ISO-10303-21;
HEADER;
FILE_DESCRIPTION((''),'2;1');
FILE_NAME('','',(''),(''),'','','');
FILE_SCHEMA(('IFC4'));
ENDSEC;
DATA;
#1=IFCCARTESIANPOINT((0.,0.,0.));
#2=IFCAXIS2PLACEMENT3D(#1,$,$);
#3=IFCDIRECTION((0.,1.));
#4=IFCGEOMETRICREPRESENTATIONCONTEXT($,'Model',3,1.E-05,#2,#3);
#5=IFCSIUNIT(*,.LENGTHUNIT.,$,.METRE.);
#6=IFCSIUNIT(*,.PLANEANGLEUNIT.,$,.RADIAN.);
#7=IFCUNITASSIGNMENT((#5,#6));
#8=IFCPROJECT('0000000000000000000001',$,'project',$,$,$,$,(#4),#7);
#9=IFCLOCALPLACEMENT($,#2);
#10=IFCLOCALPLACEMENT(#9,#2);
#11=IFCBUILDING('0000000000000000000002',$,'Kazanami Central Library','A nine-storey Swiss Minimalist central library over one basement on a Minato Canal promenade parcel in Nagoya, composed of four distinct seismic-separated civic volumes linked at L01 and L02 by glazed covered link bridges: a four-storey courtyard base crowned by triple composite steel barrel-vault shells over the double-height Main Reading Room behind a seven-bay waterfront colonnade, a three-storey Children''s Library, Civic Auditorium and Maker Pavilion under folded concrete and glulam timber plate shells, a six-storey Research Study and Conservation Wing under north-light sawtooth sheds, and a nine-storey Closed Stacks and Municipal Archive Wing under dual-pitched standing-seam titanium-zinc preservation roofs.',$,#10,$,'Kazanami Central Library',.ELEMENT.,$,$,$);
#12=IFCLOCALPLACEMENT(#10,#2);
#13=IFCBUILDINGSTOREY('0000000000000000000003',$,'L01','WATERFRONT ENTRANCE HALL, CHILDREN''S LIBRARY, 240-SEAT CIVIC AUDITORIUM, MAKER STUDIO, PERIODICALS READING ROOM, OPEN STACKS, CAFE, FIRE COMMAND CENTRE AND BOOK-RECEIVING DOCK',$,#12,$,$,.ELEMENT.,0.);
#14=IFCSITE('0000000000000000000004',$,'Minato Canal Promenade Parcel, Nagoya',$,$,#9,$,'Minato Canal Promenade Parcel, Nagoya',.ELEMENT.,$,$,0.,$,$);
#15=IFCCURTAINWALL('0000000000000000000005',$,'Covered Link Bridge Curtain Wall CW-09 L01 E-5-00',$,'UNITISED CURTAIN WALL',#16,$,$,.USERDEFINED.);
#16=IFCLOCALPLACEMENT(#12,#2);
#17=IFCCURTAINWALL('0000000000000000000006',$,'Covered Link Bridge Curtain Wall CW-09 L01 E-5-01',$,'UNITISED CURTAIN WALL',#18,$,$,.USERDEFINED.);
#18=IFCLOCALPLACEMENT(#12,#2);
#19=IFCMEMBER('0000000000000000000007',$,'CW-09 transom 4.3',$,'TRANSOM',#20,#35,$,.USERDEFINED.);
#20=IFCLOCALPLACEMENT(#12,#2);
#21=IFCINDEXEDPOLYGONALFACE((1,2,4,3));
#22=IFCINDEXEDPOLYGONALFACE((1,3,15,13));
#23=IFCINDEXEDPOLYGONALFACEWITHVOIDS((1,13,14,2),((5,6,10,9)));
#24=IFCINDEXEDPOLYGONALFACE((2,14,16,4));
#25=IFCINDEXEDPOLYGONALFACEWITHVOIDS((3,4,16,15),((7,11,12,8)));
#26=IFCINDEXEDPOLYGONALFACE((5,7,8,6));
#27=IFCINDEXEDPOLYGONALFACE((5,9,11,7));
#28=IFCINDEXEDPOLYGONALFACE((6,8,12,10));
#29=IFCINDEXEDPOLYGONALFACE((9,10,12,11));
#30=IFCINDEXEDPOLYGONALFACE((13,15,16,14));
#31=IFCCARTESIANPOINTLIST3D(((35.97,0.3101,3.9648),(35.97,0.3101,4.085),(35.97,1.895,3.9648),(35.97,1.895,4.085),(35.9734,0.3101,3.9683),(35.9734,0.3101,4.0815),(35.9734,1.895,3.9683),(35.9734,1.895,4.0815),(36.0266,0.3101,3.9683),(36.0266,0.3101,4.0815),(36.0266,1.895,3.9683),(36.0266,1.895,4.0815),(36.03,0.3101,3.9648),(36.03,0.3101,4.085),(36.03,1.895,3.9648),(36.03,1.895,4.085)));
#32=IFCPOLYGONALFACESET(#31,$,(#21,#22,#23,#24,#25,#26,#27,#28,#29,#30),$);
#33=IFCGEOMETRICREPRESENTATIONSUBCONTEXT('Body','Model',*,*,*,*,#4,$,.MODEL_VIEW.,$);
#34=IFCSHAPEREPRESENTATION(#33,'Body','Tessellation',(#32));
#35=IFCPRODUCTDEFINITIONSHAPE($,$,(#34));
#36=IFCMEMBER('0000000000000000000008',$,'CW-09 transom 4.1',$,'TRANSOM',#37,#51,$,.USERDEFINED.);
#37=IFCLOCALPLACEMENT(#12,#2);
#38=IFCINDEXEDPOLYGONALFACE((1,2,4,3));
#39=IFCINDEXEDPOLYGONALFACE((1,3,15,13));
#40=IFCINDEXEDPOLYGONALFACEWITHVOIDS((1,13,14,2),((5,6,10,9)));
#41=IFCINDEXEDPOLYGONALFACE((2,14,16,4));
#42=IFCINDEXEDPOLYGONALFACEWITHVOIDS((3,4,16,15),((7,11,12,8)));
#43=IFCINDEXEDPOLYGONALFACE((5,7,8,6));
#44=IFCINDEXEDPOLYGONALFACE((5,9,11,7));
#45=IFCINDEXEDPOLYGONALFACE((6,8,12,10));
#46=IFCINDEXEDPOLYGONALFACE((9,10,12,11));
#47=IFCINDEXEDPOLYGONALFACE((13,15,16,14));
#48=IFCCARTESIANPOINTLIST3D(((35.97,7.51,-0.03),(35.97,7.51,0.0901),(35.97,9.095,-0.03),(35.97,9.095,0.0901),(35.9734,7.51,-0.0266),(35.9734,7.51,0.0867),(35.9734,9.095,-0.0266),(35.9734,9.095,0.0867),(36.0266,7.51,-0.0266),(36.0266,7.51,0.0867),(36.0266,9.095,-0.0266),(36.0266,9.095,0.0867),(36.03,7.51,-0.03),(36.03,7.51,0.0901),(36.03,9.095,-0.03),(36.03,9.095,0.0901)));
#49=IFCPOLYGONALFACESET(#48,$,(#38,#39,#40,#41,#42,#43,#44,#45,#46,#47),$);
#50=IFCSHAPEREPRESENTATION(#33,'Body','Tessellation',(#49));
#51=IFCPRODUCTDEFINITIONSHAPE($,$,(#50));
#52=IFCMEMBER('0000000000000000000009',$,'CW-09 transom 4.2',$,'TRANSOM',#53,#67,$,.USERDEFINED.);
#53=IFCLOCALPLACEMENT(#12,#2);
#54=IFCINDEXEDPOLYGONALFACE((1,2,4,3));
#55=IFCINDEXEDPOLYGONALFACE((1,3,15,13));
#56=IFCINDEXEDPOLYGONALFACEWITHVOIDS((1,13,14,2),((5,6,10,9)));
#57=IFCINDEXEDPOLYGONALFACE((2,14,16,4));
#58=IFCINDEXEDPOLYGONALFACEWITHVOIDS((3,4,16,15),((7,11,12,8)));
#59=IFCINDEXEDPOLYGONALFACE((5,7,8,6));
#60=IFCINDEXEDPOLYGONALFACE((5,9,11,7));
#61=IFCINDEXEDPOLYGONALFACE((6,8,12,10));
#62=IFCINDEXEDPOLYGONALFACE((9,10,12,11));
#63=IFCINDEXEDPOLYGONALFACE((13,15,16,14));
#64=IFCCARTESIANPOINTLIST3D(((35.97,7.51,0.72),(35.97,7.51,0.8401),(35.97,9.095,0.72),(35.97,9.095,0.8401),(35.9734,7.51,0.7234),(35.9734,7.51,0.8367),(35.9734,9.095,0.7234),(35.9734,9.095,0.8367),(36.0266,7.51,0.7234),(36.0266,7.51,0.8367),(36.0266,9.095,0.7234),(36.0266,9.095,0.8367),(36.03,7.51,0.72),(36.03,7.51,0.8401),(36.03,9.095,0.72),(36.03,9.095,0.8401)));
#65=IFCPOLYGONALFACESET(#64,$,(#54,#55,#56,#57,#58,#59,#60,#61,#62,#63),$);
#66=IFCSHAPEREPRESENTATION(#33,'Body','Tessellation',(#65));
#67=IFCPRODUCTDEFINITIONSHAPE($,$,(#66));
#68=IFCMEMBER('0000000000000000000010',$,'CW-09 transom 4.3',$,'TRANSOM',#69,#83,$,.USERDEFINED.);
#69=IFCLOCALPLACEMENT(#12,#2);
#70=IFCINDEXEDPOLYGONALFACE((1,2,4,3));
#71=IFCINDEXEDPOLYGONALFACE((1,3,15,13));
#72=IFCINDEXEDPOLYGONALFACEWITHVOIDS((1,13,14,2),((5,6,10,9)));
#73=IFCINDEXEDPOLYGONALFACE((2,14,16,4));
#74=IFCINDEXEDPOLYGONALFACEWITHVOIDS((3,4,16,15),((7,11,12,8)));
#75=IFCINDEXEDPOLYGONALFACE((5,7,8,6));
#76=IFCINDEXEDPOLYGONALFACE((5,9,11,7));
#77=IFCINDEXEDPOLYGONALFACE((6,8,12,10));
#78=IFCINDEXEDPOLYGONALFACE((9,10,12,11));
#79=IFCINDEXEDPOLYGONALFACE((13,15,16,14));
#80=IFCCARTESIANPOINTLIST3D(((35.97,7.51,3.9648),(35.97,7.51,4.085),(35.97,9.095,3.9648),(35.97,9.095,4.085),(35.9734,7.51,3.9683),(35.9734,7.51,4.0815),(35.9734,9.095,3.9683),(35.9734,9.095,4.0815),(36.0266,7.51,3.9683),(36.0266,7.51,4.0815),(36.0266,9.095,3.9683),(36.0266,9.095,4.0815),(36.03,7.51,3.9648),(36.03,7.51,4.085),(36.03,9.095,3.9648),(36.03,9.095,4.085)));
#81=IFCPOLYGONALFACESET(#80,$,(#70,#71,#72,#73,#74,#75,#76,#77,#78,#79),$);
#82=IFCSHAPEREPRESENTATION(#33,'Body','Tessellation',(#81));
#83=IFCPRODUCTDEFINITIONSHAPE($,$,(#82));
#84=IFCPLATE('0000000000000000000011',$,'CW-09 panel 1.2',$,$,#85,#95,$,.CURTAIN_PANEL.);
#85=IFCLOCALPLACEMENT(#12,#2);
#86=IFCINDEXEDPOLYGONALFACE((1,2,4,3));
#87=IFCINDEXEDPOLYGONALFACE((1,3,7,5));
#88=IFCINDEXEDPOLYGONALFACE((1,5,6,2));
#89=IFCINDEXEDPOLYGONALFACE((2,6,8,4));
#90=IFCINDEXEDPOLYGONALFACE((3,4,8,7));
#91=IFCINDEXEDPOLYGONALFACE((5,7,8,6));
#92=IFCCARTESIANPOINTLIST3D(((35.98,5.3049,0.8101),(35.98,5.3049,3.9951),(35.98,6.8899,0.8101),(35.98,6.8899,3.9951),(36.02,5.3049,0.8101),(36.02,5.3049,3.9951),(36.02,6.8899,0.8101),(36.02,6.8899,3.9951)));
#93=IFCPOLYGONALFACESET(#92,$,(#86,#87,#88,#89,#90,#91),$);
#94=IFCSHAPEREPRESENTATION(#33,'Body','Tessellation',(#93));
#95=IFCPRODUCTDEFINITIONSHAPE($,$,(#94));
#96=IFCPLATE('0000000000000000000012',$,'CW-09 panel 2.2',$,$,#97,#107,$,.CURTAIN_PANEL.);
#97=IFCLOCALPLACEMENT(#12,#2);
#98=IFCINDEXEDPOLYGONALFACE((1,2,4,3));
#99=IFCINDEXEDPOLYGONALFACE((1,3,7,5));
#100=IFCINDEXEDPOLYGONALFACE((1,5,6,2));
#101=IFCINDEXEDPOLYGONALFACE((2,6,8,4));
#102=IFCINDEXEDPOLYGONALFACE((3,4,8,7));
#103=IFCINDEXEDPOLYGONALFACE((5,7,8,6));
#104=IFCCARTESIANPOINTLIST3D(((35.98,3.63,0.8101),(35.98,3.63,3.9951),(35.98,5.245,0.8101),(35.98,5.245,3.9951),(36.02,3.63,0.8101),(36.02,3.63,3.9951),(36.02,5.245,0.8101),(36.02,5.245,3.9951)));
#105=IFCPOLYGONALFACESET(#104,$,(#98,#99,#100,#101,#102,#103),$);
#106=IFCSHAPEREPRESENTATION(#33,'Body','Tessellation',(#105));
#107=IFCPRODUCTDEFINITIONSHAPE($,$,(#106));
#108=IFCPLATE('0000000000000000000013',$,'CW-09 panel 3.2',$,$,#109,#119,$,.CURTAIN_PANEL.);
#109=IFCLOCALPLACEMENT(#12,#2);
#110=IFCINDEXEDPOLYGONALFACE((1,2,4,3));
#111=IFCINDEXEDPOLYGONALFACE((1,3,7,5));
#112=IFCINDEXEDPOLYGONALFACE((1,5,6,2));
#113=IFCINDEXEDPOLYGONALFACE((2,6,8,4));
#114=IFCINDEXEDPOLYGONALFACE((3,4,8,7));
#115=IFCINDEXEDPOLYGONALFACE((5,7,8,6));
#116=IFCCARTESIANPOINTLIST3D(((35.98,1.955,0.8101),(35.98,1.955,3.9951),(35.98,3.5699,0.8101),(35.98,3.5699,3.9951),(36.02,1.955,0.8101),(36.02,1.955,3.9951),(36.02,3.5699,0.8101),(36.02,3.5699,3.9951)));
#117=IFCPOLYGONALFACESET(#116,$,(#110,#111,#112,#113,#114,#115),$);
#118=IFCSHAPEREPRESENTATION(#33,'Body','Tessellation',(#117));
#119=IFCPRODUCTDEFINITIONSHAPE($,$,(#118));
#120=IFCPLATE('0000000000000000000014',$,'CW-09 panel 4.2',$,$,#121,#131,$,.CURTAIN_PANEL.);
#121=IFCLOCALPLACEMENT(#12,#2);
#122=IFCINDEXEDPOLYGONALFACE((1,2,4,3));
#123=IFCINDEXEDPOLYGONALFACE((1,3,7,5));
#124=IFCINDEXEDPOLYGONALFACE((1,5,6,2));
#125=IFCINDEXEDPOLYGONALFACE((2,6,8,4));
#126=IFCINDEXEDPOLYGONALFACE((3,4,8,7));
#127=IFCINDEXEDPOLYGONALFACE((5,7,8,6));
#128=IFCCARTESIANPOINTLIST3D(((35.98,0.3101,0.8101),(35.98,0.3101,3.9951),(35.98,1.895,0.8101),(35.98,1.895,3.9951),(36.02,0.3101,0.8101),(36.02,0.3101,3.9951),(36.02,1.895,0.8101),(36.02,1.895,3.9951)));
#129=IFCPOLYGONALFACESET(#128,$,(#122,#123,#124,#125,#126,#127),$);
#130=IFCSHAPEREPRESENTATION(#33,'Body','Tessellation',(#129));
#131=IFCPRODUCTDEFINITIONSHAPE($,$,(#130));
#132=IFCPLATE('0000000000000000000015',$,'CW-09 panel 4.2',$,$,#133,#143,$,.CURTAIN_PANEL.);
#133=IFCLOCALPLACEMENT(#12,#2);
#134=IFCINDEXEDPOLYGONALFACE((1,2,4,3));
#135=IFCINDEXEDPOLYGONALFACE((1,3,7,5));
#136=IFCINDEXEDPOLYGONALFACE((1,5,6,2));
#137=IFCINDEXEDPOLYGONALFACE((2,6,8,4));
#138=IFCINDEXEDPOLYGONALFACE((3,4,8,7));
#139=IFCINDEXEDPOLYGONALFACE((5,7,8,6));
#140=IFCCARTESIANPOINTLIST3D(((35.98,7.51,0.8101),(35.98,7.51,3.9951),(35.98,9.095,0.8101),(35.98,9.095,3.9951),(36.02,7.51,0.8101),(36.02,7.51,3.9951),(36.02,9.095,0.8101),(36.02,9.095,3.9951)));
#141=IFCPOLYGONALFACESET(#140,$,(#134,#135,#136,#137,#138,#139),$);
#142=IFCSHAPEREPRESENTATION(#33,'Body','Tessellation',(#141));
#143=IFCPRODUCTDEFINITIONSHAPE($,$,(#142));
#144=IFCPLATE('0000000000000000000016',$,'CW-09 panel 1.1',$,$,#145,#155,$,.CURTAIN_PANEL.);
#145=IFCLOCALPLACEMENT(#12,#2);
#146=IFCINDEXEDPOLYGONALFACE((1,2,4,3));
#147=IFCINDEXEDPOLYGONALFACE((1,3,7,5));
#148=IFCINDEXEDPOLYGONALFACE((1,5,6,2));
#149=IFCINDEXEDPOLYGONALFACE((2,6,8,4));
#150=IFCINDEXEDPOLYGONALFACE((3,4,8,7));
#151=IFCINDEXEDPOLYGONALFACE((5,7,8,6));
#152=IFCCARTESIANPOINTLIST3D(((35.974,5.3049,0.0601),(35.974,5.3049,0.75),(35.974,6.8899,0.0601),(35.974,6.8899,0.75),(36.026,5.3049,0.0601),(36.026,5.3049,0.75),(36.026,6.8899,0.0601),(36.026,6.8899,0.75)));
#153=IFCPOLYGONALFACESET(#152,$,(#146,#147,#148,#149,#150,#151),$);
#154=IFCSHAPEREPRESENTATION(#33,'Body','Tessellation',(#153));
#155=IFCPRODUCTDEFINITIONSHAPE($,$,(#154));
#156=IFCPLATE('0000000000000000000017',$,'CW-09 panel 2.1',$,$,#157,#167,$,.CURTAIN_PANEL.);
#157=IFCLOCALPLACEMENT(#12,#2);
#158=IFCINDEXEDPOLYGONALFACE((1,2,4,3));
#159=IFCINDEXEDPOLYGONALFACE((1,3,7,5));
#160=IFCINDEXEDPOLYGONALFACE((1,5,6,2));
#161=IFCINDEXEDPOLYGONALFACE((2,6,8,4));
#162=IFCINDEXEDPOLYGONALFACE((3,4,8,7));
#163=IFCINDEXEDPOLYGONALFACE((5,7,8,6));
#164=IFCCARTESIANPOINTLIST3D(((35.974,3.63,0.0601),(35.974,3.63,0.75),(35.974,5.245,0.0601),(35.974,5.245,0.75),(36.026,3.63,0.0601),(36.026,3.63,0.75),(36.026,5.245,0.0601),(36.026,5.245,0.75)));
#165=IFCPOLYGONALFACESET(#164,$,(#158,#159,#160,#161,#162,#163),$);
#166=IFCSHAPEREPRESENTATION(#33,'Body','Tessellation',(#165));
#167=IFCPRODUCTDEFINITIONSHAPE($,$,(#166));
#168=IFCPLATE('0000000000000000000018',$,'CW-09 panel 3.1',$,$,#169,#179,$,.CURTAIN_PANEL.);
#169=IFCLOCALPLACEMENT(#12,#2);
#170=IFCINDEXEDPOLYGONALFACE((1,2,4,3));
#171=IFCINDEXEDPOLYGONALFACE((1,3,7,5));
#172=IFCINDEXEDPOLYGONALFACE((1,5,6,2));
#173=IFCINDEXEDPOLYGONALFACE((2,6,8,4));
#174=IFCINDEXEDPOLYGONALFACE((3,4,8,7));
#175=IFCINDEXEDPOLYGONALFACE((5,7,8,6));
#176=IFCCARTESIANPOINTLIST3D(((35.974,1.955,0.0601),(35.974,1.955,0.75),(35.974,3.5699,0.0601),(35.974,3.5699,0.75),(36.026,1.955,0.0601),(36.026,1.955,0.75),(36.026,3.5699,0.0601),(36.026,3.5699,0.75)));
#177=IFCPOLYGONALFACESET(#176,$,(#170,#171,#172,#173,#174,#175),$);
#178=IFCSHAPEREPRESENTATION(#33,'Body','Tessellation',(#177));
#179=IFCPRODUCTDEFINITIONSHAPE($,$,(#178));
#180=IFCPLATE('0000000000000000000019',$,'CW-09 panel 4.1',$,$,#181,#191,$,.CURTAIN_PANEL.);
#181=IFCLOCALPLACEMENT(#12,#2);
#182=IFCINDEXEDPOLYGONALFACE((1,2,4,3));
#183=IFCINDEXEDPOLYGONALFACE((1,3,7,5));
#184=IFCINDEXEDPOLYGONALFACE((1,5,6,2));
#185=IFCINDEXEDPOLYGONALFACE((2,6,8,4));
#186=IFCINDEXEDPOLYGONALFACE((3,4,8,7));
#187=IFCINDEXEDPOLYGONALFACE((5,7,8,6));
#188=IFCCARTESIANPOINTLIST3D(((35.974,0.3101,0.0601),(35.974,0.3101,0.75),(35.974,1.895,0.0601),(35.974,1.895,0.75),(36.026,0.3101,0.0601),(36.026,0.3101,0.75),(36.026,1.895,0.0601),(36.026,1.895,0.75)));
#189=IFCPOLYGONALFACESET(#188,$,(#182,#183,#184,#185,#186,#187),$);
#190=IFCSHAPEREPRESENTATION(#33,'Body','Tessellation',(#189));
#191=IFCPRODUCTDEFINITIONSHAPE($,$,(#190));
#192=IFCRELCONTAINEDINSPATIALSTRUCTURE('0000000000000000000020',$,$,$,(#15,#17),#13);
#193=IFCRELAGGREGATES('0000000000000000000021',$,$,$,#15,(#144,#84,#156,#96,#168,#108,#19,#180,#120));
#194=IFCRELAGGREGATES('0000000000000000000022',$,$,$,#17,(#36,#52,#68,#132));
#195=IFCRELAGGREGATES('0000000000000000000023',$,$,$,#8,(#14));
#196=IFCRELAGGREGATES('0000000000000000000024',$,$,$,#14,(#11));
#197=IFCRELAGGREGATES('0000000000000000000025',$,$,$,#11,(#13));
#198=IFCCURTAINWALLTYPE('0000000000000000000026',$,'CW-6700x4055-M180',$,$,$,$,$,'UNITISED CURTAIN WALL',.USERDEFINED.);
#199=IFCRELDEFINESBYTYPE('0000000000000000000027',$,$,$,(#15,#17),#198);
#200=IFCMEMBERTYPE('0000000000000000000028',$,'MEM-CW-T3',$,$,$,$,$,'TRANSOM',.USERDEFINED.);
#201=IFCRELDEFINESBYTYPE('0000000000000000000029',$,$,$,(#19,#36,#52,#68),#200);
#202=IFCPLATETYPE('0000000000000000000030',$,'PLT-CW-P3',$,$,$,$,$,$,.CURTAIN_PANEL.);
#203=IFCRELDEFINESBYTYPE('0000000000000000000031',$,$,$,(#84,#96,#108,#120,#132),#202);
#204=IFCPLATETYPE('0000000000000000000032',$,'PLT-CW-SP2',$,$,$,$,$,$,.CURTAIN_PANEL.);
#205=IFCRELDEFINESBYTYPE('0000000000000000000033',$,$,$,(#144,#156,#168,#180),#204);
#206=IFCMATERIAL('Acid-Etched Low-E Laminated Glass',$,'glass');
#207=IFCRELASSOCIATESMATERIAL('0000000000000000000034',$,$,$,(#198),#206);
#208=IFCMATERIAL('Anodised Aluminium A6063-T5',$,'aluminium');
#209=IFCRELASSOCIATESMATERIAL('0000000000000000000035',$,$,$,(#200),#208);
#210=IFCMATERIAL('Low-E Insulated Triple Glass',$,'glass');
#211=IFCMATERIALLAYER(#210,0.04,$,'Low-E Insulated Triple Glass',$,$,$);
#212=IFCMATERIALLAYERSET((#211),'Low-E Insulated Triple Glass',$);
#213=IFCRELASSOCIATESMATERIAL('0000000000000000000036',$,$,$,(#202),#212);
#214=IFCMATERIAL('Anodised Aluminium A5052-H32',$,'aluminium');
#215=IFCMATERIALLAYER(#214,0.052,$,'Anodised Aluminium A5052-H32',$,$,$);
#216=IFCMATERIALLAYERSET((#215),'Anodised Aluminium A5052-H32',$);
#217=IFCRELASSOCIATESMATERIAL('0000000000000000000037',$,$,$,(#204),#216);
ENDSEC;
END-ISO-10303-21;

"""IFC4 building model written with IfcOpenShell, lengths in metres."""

from ifc_helpers import new_model, si_unit, direction, frame, origin, origin_2d, place, context, subcontext, project, spatial, rectangle, hollow_rectangle, extrude, material, layer, layer_set, material_profile, profile_set, type_object, element, aggregate, save


model = new_model("IFC4")

# Units and contexts
model_context = context("Model", 3, precision=1e-05, world=origin(), true_north=direction((0.0, 1.0)))
body_context = subcontext(model_context, "Body", "Model", "MODEL_VIEW")
ifc_project = project(units=[si_unit("LENGTHUNIT", "METRE"), si_unit("PLANEANGLEUNIT", "RADIAN")], contexts=[model_context])

# Site, building, storey
site_placement = place(None, origin())
site = spatial("IfcSite", under=ifc_project, at=site_placement, Name="Minato Canal Promenade Parcel, Nagoya", LongName="Minato Canal Promenade Parcel, Nagoya", CompositionType="ELEMENT", RefElevation=0.0)
building_placement = place(site_placement, origin())
building = spatial("IfcBuilding", under=site, at=building_placement, Name="Kazanami Central Library", Description="A nine-storey Swiss Minimalist central library over one basement on a Minato Canal promenade parcel in Nagoya, composed of four distinct seismic-separated civic volumes linked at L01 and L02 by glazed covered link bridges: a four-storey courtyard base crowned by triple composite steel barrel-vault shells over the double-height Main Reading Room behind a seven-bay waterfront colonnade, a three-storey Children's Library, Civic Auditorium and Maker Pavilion under folded concrete and glulam timber plate shells, a six-storey Research Study and Conservation Wing under north-light sawtooth sheds, and a nine-storey Closed Stacks and Municipal Archive Wing under dual-pitched standing-seam titanium-zinc preservation roofs.", LongName="Kazanami Central Library", CompositionType="ELEMENT")
storey_placement = place(building_placement, origin())
storey = spatial("IfcBuildingStorey", under=building, at=storey_placement, Name="L01", Description="WATERFRONT ENTRANCE HALL, CHILDREN'S LIBRARY, 240-SEAT CIVIC AUDITORIUM, MAKER STUDIO, PERIODICALS READING ROOM, OPEN STACKS, CAFE, FIRE COMMAND CENTRE AND BOOK-RECEIVING DOCK", CompositionType="ELEMENT", Elevation=0.0)

# Curtain wall
ifc_material_1 = material(Name="Acid-Etched Low-E Laminated Glass", Category="glass")
curtain_wall_type = type_object("IfcCurtainWallType", Name="CW-6700x4055-M180", ElementType="UNITISED CURTAIN WALL", PredefinedType="USERDEFINED", material=ifc_material_1)
curtain_wall_1_placement = place(storey_placement, origin())
curtain_wall_1 = element("IfcCurtainWall", 1, at=curtain_wall_1_placement, inside=storey, type_object=curtain_wall_type, Name="Covered Link Bridge Curtain Wall CW-09 L01 E-5-00", ObjectType="UNITISED CURTAIN WALL", PredefinedType="USERDEFINED")
ifc_material_2 = material(Name="Anodised Aluminium A6063-T5", Category="aluminium")

# Curtain wall
curtain_wall_2_placement = place(storey_placement, origin())
curtain_wall_2 = element("IfcCurtainWall", 2, at=curtain_wall_2_placement, inside=storey, type_object=curtain_wall_type, Name="Covered Link Bridge Curtain Wall CW-09 L01 E-5-01", ObjectType="UNITISED CURTAIN WALL", PredefinedType="USERDEFINED")

# Members
ifc_material_profile_1 = material_profile(ifc_material_2, hollow_rectangle(XDim=0.0601, YDim=0.1201, WallThickness=0.0034, at=origin_2d()), Name="ALU-TRAN-60x120x3.5")
ifc_profile_set_1 = profile_set([ifc_material_profile_1], Name="Anodised Aluminium A6063-T5")
member_type_1 = type_object("IfcMemberType", Name="MEM-CW-T3", ElementType="TRANSOM", PredefinedType="USERDEFINED", material=ifc_profile_set_1)
member_1_placement = place(storey_placement, frame((36.0, 1.895, 4.0249), z_axis=(0.0, -1.0, 0.0), x_axis=(1.0, 0.0, 0.0)))
member_1 = element("IfcMember", 3, at=member_1_placement, type_object=member_type_1, Name="CW-09 transom 4.3", ObjectType="TRANSOM", PredefinedType="USERDEFINED", context=body_context, shape_type="SweptSolid", body=[
    extrude(hollow_rectangle(XDim=0.0601, YDim=0.1201, WallThickness=0.0034, at=origin_2d()), origin(), (0.0, 0.0, 1.0), 1.585),
])
member_2_placement = place(storey_placement, frame((36.0, 9.095, 0.03), z_axis=(0.0, -1.0, 0.0), x_axis=(1.0, 0.0, 0.0)))
member_2 = element("IfcMember", 4, at=member_2_placement, type_object=member_type_1, Name="CW-09 transom 4.1", ObjectType="TRANSOM", PredefinedType="USERDEFINED", context=body_context, shape_type="SweptSolid", body=[
    extrude(hollow_rectangle(XDim=0.0601, YDim=0.1201, WallThickness=0.0034, at=origin_2d()), origin(), (0.0, 0.0, 1.0), 1.585),
])
member_3_placement = place(storey_placement, frame((36.0, 9.095, 0.78), z_axis=(0.0, -1.0, 0.0), x_axis=(1.0, 0.0, 0.0)))
member_3 = element("IfcMember", 5, at=member_3_placement, type_object=member_type_1, Name="CW-09 transom 4.2", ObjectType="TRANSOM", PredefinedType="USERDEFINED", context=body_context, shape_type="SweptSolid", body=[
    extrude(hollow_rectangle(XDim=0.0601, YDim=0.1201, WallThickness=0.0034, at=origin_2d()), origin(), (0.0, 0.0, 1.0), 1.585),
])
member_4_placement = place(storey_placement, frame((36.0, 9.095, 4.0249), z_axis=(0.0, -1.0, 0.0), x_axis=(1.0, 0.0, 0.0)))
member_4 = element("IfcMember", 6, at=member_4_placement, type_object=member_type_1, Name="CW-09 transom 4.3", ObjectType="TRANSOM", PredefinedType="USERDEFINED", context=body_context, shape_type="SweptSolid", body=[
    extrude(hollow_rectangle(XDim=0.0601, YDim=0.1201, WallThickness=0.0034, at=origin_2d()), origin(), (0.0, 0.0, 1.0), 1.585),
])

# Plates
ifc_material_3 = material(Name="Low-E Insulated Triple Glass", Category="glass")
ifc_layer_1 = layer(ifc_material_3, 0.04, Name="Low-E Insulated Triple Glass")
ifc_layer_set_1 = layer_set([ifc_layer_1], Name="Low-E Insulated Triple Glass")
plate_type_1 = type_object("IfcPlateType", Name="PLT-CW-P3", PredefinedType="CURTAIN_PANEL", material=ifc_layer_set_1)
plate_1_placement = place(storey_placement, frame((36.0, 6.0974, 0.8101), z_axis=(0.0, 0.0, 1.0), x_axis=(0.0, -1.0, 0.0)))
plate_1 = element("IfcPlate", 7, at=plate_1_placement, type_object=plate_type_1, Name="CW-09 panel 1.2", PredefinedType="CURTAIN_PANEL", context=body_context, shape_type="SweptSolid", body=[
    extrude(rectangle(XDim=1.585, YDim=0.04, at=origin_2d()), origin(), (0.0, 0.0, 1.0), 3.1851),
])
plate_2_placement = place(storey_placement, frame((36.0, 4.4375, 0.8101), z_axis=(0.0, 0.0, 1.0), x_axis=(0.0, -1.0, 0.0)))
plate_2 = element("IfcPlate", 8, at=plate_2_placement, type_object=plate_type_1, Name="CW-09 panel 2.2", PredefinedType="CURTAIN_PANEL", context=body_context, shape_type="SweptSolid", body=[
    extrude(rectangle(XDim=1.615, YDim=0.04, at=origin_2d()), origin(), (0.0, 0.0, 1.0), 3.1851),
])
plate_3_placement = place(storey_placement, frame((36.0, 2.7625, 0.8101), z_axis=(0.0, 0.0, 1.0), x_axis=(0.0, -1.0, 0.0)))
plate_3 = element("IfcPlate", 9, at=plate_3_placement, type_object=plate_type_1, Name="CW-09 panel 3.2", PredefinedType="CURTAIN_PANEL", context=body_context, shape_type="SweptSolid", body=[
    extrude(rectangle(XDim=1.615, YDim=0.04, at=origin_2d()), origin(), (0.0, 0.0, 1.0), 3.1851),
])
plate_4_placement = place(storey_placement, frame((36.0, 1.1025, 0.8101), z_axis=(0.0, 0.0, 1.0), x_axis=(0.0, -1.0, 0.0)))
plate_4 = element("IfcPlate", 10, at=plate_4_placement, type_object=plate_type_1, Name="CW-09 panel 4.2", PredefinedType="CURTAIN_PANEL", context=body_context, shape_type="SweptSolid", body=[
    extrude(rectangle(XDim=1.585, YDim=0.04, at=origin_2d()), origin(), (0.0, 0.0, 1.0), 3.1851),
])
plate_5_placement = place(storey_placement, frame((36.0, 8.3025, 0.8101), z_axis=(0.0, 0.0, 1.0), x_axis=(0.0, -1.0, 0.0)))
plate_5 = element("IfcPlate", 11, at=plate_5_placement, type_object=plate_type_1, Name="CW-09 panel 4.2", PredefinedType="CURTAIN_PANEL", context=body_context, shape_type="SweptSolid", body=[
    extrude(rectangle(XDim=1.585, YDim=0.04, at=origin_2d()), origin(), (0.0, 0.0, 1.0), 3.1851),
])
ifc_material_4 = material(Name="Anodised Aluminium A5052-H32", Category="aluminium")
ifc_layer_2 = layer(ifc_material_4, 0.052, Name="Anodised Aluminium A5052-H32")
ifc_layer_set_2 = layer_set([ifc_layer_2], Name="Anodised Aluminium A5052-H32")
plate_type_2 = type_object("IfcPlateType", Name="PLT-CW-SP2", PredefinedType="CURTAIN_PANEL", material=ifc_layer_set_2)
plate_6_placement = place(storey_placement, frame((36.0, 6.0974, 0.0601), z_axis=(0.0, 0.0, 1.0), x_axis=(0.0, -1.0, 0.0)))
plate_6 = element("IfcPlate", 12, at=plate_6_placement, type_object=plate_type_2, Name="CW-09 panel 1.1", PredefinedType="CURTAIN_PANEL", context=body_context, shape_type="SweptSolid", body=[
    extrude(rectangle(XDim=1.585, YDim=0.052, at=origin_2d()), origin(), (0.0, 0.0, 1.0), 0.6899),
])
plate_7_placement = place(storey_placement, frame((36.0, 4.4375, 0.0601), z_axis=(0.0, 0.0, 1.0), x_axis=(0.0, -1.0, 0.0)))
plate_7 = element("IfcPlate", 13, at=plate_7_placement, type_object=plate_type_2, Name="CW-09 panel 2.1", PredefinedType="CURTAIN_PANEL", context=body_context, shape_type="SweptSolid", body=[
    extrude(rectangle(XDim=1.615, YDim=0.052, at=origin_2d()), origin(), (0.0, 0.0, 1.0), 0.6899),
])
plate_8_placement = place(storey_placement, frame((36.0, 2.7625, 0.0601), z_axis=(0.0, 0.0, 1.0), x_axis=(0.0, -1.0, 0.0)))
plate_8 = element("IfcPlate", 14, at=plate_8_placement, type_object=plate_type_2, Name="CW-09 panel 3.1", PredefinedType="CURTAIN_PANEL", context=body_context, shape_type="SweptSolid", body=[
    extrude(rectangle(XDim=1.615, YDim=0.052, at=origin_2d()), origin(), (0.0, 0.0, 1.0), 0.6899),
])
plate_9_placement = place(storey_placement, frame((36.0, 1.1025, 0.0601), z_axis=(0.0, 0.0, 1.0), x_axis=(0.0, -1.0, 0.0)))
plate_9 = element("IfcPlate", 15, at=plate_9_placement, type_object=plate_type_2, Name="CW-09 panel 4.1", PredefinedType="CURTAIN_PANEL", context=body_context, shape_type="SweptSolid", body=[
    extrude(rectangle(XDim=1.585, YDim=0.052, at=origin_2d()), origin(), (0.0, 0.0, 1.0), 0.6899),
])
aggregate(curtain_wall_1, [plate_6, plate_1, plate_7, plate_2, plate_8, plate_3, member_1, plate_9, plate_4])
aggregate(curtain_wall_2, [member_2, member_3, member_4, plate_5])

save(model, "model.ifc")
